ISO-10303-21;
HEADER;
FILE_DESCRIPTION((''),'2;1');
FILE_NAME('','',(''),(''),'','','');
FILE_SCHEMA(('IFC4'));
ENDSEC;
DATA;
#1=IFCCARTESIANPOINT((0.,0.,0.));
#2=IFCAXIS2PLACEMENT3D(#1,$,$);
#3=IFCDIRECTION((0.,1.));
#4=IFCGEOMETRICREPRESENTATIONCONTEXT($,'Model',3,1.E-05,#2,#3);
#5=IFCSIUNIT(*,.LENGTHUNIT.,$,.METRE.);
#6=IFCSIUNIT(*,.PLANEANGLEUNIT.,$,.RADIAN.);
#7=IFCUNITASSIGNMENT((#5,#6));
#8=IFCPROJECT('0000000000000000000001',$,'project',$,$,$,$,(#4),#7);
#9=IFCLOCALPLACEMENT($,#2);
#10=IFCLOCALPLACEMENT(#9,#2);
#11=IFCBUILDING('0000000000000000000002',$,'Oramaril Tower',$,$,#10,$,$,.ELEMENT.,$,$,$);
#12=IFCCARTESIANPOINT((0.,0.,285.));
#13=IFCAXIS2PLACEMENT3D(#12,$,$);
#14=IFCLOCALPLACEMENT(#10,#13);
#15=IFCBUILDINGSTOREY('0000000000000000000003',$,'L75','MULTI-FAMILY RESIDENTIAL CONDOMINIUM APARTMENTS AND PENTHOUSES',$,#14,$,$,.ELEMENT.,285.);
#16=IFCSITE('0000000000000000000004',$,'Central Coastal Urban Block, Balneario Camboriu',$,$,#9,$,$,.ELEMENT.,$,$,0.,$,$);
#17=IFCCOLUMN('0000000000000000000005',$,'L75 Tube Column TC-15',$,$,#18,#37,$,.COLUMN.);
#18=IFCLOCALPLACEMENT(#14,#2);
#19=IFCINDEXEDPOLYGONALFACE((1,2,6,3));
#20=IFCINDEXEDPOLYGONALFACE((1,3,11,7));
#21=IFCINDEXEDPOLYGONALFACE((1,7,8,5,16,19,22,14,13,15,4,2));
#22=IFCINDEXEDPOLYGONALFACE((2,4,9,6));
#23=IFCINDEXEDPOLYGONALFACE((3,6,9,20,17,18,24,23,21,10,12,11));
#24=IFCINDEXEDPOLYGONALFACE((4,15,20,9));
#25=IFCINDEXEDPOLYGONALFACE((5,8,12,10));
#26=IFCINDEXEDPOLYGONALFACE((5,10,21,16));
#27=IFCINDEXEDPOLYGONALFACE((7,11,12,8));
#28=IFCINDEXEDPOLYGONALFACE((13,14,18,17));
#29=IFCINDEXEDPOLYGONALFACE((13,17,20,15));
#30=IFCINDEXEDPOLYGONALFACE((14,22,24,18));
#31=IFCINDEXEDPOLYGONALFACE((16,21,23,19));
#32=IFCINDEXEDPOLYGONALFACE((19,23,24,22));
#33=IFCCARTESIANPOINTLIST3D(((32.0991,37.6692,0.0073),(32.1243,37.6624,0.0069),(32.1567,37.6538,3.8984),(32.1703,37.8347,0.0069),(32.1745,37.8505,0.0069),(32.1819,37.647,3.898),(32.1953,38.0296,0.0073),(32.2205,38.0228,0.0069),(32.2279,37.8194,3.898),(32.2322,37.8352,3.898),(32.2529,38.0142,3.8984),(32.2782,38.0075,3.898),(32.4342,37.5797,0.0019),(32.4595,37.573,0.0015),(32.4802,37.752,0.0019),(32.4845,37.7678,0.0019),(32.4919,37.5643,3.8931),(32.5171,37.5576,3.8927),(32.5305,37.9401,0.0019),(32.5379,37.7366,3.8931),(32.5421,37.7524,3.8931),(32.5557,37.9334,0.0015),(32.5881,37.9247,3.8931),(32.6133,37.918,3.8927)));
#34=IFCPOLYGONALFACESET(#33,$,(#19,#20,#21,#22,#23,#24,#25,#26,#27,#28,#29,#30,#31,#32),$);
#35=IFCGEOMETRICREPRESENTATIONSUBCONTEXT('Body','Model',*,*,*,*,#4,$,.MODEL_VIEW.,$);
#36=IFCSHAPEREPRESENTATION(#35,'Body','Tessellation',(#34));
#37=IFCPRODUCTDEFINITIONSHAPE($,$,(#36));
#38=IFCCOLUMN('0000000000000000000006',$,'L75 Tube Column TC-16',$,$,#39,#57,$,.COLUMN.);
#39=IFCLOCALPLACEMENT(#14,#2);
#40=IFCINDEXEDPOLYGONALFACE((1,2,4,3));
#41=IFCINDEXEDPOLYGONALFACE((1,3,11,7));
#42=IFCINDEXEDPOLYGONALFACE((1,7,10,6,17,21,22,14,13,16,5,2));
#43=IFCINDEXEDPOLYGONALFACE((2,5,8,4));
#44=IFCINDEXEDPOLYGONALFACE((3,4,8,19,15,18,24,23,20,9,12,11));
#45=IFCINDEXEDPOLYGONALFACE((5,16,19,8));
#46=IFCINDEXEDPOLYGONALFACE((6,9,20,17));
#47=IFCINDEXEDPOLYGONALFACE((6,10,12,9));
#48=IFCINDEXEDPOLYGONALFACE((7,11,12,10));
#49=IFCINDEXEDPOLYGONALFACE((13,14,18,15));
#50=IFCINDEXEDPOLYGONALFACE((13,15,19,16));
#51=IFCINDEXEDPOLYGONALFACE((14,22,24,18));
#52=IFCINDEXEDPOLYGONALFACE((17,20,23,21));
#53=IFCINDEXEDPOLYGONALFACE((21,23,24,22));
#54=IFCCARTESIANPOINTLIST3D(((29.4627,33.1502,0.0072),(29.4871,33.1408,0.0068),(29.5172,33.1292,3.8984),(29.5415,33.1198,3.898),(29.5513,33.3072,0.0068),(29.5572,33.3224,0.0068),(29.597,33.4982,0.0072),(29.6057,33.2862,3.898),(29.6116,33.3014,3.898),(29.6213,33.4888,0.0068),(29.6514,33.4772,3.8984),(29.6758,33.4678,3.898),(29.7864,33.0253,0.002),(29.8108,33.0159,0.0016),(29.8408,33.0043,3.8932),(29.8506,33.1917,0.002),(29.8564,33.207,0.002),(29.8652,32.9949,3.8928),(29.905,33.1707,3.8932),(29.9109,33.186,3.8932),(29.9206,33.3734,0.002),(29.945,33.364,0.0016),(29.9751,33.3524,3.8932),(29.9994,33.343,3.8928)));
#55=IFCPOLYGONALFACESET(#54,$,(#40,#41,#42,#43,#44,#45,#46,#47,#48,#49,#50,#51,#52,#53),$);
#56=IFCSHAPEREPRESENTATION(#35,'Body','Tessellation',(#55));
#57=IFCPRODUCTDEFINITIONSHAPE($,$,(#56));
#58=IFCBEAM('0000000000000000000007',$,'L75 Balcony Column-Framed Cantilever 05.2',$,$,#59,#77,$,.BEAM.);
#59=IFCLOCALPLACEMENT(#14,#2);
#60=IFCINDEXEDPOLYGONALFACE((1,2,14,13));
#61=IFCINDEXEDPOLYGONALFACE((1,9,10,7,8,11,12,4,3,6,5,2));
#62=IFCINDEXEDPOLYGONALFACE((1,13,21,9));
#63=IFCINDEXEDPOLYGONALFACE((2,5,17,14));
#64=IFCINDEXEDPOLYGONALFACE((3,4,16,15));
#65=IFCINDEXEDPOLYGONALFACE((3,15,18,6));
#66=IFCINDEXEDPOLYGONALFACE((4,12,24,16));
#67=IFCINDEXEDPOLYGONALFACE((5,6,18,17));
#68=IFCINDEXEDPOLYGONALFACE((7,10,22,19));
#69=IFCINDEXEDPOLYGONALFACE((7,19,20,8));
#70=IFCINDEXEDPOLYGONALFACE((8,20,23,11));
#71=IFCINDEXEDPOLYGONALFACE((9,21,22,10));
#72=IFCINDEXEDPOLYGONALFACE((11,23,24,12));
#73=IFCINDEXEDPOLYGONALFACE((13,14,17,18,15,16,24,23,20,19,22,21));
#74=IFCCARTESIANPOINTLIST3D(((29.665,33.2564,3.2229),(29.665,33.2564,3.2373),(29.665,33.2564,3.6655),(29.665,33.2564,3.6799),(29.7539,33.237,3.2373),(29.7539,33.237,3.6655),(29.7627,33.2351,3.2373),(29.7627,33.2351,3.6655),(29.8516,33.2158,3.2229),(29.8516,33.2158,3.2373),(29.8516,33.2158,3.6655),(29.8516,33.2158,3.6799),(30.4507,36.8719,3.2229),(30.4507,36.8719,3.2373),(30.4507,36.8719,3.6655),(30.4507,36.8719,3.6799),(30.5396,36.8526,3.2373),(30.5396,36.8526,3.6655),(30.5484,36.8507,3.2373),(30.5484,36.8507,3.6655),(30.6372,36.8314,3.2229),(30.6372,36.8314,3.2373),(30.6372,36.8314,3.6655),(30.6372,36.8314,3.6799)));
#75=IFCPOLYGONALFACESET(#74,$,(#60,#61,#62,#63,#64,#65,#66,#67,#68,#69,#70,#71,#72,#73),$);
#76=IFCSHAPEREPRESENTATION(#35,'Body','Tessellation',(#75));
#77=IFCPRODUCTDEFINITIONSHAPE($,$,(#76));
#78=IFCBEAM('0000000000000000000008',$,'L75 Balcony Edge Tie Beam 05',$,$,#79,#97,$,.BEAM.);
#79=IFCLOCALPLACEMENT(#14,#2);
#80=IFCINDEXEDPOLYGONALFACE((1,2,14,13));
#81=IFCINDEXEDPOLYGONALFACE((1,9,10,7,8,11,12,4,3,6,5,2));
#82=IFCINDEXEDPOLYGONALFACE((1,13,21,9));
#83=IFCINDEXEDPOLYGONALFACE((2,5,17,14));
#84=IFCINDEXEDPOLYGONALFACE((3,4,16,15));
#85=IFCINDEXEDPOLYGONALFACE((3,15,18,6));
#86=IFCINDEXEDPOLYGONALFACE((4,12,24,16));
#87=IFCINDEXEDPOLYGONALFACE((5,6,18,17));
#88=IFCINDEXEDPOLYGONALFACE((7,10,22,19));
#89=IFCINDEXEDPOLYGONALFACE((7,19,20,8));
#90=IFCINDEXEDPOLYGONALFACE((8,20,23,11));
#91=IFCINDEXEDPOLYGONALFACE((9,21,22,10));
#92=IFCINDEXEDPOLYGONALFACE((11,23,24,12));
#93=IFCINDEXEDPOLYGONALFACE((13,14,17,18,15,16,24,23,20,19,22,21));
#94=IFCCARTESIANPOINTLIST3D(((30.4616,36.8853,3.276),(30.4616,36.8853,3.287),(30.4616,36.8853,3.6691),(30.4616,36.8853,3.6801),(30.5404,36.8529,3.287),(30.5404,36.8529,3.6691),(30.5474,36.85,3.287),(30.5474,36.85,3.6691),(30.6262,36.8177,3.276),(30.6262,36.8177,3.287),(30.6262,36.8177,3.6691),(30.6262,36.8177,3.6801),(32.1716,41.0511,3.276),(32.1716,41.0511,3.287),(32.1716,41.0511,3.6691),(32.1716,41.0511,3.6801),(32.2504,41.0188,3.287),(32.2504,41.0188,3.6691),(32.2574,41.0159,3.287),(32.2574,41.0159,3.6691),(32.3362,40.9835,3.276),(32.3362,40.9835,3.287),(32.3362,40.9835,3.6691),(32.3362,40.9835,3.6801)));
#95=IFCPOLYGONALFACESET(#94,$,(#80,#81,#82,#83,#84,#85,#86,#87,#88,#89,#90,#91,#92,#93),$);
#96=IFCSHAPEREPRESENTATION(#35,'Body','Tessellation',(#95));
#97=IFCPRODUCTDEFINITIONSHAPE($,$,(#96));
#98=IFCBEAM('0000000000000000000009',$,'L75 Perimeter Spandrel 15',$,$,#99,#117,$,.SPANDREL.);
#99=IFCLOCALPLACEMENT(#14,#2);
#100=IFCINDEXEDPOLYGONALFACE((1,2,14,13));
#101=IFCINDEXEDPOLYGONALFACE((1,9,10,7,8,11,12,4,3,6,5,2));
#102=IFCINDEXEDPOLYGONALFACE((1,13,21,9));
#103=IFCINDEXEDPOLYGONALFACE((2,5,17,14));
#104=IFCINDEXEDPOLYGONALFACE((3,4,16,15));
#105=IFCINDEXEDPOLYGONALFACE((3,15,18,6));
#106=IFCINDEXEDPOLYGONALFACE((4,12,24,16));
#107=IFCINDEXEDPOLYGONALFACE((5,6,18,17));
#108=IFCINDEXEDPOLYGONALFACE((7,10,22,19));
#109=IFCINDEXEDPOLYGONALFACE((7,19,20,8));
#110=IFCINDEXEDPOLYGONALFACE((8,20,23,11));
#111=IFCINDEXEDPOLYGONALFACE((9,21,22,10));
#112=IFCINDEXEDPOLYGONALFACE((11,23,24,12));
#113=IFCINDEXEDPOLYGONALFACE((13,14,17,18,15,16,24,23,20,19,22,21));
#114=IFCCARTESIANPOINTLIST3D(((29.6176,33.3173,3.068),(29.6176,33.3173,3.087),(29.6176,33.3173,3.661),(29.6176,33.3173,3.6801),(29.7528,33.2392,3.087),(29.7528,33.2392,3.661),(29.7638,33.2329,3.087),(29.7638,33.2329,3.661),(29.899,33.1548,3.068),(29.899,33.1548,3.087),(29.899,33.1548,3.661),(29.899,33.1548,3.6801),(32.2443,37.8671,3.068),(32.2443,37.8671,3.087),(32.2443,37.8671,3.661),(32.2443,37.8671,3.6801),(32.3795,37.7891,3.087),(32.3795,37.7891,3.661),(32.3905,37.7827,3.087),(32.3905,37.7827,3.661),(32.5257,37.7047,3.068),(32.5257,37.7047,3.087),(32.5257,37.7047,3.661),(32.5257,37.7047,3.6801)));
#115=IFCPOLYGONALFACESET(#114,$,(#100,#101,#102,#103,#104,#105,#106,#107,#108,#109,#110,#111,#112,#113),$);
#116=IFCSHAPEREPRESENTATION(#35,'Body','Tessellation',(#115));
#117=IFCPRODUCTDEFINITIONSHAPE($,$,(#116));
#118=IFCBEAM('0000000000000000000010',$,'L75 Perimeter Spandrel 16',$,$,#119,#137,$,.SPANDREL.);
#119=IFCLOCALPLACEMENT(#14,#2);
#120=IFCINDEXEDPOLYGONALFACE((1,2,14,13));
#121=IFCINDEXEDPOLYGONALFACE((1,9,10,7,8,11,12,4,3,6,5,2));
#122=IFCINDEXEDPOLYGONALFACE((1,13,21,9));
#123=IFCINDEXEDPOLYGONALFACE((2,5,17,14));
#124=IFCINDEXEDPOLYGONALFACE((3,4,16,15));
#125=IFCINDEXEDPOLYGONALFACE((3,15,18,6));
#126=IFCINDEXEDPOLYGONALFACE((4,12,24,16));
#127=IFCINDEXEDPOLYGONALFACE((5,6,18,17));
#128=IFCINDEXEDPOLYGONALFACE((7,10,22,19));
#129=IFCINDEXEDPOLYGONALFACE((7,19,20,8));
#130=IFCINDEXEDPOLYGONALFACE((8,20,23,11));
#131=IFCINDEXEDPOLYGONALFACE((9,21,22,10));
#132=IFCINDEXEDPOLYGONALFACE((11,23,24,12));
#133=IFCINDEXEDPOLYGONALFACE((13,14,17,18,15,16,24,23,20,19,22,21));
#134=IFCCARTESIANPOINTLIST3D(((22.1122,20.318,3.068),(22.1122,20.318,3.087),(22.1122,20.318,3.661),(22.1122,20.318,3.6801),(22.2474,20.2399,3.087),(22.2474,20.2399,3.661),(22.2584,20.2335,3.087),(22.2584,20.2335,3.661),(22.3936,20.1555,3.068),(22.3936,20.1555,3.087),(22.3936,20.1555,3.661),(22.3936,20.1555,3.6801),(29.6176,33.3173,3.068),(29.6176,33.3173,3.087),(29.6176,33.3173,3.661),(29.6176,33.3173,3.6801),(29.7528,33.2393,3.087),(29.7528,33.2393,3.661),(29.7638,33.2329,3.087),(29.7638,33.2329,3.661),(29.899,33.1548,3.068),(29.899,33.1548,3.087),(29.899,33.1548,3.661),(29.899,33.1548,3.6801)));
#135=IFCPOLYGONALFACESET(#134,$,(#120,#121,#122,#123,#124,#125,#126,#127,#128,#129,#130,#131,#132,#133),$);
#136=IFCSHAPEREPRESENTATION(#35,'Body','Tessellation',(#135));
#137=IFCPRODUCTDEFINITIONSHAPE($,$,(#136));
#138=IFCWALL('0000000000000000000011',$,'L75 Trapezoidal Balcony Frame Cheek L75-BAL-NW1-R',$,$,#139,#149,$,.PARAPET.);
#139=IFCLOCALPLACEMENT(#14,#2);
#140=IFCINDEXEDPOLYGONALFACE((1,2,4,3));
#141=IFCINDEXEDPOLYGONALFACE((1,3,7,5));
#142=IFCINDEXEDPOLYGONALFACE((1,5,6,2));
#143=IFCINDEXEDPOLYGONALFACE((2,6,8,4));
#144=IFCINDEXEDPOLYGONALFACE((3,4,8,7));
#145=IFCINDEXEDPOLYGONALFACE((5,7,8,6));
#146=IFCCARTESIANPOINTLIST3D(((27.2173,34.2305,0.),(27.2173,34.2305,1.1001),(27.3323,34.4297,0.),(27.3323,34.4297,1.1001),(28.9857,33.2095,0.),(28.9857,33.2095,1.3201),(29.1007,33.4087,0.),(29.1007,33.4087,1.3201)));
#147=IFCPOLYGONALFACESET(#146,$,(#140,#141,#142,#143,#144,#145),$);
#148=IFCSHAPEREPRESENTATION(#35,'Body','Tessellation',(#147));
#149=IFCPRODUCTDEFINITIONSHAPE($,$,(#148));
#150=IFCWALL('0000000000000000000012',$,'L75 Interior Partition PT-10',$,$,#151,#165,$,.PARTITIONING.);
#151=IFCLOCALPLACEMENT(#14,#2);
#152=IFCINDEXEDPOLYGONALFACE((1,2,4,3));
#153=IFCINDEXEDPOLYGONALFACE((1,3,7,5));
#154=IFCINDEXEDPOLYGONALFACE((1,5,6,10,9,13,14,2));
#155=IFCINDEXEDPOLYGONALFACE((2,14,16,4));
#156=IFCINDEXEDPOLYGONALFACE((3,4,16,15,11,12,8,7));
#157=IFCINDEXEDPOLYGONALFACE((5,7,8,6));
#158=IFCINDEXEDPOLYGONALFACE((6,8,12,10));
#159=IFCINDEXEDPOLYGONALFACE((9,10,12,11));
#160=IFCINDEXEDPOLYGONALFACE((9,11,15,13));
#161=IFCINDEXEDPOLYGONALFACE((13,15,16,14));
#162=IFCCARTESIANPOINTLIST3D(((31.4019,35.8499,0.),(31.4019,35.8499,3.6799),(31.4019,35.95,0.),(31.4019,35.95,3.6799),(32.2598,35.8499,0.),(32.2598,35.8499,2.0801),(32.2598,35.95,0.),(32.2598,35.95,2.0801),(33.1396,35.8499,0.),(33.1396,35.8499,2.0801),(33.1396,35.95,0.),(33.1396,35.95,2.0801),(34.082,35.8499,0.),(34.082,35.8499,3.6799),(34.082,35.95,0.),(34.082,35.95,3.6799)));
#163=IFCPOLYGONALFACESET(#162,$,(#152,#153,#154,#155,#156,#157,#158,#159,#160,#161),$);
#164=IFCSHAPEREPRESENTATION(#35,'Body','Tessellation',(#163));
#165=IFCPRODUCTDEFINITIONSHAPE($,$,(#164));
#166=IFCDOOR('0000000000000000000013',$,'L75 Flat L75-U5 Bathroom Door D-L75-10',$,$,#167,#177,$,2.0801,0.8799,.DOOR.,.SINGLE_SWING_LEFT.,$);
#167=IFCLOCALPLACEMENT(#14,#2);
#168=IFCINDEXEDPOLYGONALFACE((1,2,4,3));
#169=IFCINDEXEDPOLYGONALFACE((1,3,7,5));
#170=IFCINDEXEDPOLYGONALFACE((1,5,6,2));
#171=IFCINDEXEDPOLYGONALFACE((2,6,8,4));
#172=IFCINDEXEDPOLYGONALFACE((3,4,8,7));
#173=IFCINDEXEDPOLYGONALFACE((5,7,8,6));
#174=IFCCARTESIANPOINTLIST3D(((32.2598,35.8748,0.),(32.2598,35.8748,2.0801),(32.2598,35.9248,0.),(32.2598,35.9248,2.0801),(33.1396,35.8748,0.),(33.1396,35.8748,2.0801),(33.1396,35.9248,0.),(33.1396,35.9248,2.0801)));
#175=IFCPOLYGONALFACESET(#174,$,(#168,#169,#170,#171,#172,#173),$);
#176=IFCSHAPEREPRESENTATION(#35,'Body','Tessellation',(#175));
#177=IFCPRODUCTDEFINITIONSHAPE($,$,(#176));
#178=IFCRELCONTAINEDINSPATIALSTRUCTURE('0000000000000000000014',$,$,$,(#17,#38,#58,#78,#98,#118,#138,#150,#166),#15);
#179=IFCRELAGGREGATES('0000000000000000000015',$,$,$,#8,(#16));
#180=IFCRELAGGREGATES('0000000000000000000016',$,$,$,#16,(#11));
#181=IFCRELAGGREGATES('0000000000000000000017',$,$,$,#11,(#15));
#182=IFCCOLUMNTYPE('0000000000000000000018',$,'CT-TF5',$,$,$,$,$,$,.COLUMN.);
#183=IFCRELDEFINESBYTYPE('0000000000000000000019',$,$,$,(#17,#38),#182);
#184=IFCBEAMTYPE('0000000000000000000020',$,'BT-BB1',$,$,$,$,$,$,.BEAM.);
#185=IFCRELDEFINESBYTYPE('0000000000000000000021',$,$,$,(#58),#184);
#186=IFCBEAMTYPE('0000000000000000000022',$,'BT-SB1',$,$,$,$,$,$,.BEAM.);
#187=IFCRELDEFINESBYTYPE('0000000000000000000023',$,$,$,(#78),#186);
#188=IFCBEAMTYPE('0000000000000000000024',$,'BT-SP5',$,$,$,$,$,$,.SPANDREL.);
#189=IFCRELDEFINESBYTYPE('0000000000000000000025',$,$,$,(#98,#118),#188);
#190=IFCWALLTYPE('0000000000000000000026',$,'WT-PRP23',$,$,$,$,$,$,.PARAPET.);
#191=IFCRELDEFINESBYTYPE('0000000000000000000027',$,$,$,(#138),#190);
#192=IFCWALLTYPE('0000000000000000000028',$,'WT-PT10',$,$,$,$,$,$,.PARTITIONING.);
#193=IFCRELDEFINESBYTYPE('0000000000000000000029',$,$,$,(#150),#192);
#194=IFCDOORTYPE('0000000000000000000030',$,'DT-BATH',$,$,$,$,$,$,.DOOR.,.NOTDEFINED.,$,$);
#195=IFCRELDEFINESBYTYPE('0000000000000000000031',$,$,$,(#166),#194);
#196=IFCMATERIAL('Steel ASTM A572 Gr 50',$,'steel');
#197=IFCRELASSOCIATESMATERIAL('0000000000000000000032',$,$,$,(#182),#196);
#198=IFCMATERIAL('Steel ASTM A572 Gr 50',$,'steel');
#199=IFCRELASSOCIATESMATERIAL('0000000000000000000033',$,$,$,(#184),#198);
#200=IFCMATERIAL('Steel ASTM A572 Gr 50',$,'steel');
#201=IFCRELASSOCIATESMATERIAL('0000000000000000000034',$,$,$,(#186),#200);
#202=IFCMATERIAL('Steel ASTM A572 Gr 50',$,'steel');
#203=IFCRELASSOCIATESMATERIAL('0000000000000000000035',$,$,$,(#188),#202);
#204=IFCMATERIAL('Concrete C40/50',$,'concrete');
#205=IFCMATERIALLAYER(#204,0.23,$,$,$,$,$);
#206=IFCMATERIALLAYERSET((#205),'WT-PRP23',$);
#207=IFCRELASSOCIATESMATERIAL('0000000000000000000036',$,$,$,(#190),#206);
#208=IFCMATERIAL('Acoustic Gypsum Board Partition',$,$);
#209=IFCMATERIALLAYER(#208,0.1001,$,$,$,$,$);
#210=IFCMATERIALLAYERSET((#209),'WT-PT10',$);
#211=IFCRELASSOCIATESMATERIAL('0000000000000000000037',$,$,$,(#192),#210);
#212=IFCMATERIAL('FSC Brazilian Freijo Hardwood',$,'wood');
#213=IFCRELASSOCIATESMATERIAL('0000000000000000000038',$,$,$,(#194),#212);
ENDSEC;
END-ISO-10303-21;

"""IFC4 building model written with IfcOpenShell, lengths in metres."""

from ifc_helpers import new_model, si_unit, direction, frame, frame_2d, origin, origin_2d, place, context, subcontext, project, spatial, polyline, rectangle, i_section, outline, extrude, material, layer, layer_set, material_profile, profile_set, type_object, element, fill, save


model = new_model("IFC4")

# Units and contexts
model_context = context("Model", 3, precision=1e-05, world=origin(), true_north=direction((0.0, 1.0)))
body_context = subcontext(model_context, "Body", "Model", "MODEL_VIEW")
ifc_project = project(units=[si_unit("LENGTHUNIT", "METRE"), si_unit("PLANEANGLEUNIT", "RADIAN")], contexts=[model_context])

# Site, building, storey
site_placement = place(None, origin())
site = spatial("IfcSite", under=ifc_project, at=site_placement, Name="Central Coastal Urban Block, Balneario Camboriu", CompositionType="ELEMENT", RefElevation=0.0)
building_placement = place(site_placement, origin())
building = spatial("IfcBuilding", under=site, at=building_placement, Name="Oramaril Tower", CompositionType="ELEMENT")
storey_placement = place(building_placement, frame((0.0, 0.0, 285.0)))
storey = spatial("IfcBuildingStorey", under=building, at=storey_placement, Name="L75", Description="MULTI-FAMILY RESIDENTIAL CONDOMINIUM APARTMENTS AND PENTHOUSES", CompositionType="ELEMENT", Elevation=285.0)

# Columns
ifc_material_1 = material(Name="Steel ASTM A572 Gr 50", Category="steel")
ifc_material_profile_1 = material_profile(ifc_material_1, i_section(OverallWidth=0.373, OverallDepth=0.373, WebThickness=0.0164, FlangeThickness=0.0261, at=origin_2d()), Name="W14X132")
ifc_profile_set_1 = profile_set([ifc_material_profile_1], Name="Steel ASTM A572 Gr 50")
column_type = type_object("IfcColumnType", Name="CT-TF5", PredefinedType="COLUMN", material=ifc_profile_set_1)
for number, where, z_axis, x_axis, name in (
    (1, (32.3274, 37.8013, 0.0044), (0.014806, -0.003952, 0.999883), (0.257917, 0.966167, 0.0), "L75 Tube Column TC-15"),
    (2, (29.7039, 33.2571, 0.0044), (0.01399, -0.005395, 0.999888), (0.35982, 0.933022, 0.0), "L75 Tube Column TC-16"),
):
    element("IfcColumn", number, at=place(storey_placement, frame(where, z_axis=z_axis, x_axis=x_axis)), inside=storey, type_object=column_type, Name=name, PredefinedType="COLUMN", context=body_context, shape_type="SweptSolid", body=[
        extrude(i_section(OverallWidth=0.373, OverallDepth=0.373, WebThickness=0.0164, FlangeThickness=0.0261, at=origin_2d()), origin(), (0.0, 0.0, 1.0), 3.8916),
    ])

# Beams
ifc_material_2 = material(Name="Steel ASTM A572 Gr 50", Category="steel")
ifc_material_profile_2 = material_profile(ifc_material_2, i_section(OverallWidth=0.1909, OverallDepth=0.457, WebThickness=0.009, FlangeThickness=0.0144, at=origin_2d()), Name="W18X50")
ifc_profile_set_2 = profile_set([ifc_material_profile_2], Name="Steel ASTM A572 Gr 50")
beam_type_1 = type_object("IfcBeamType", Name="BT-BB1", PredefinedType="BEAM", material=ifc_profile_set_2)
beam_1_placement = place(storey_placement, frame((29.7583, 33.2361, 3.4514), z_axis=(0.212345, 0.977195, 0.0), x_axis=(-0.977195, 0.212345, 0.0)))
element("IfcBeam", 3, at=beam_1_placement, inside=storey, type_object=beam_type_1, Name="L75 Balcony Column-Framed Cantilever 05.2", PredefinedType="BEAM", context=body_context, shape_type="SweptSolid", body=[
    extrude(i_section(OverallWidth=0.1909, OverallDepth=0.457, WebThickness=0.009, FlangeThickness=0.0144, at=origin_2d()), origin(), (0.0, 0.0, 1.0), 3.7),
])
ifc_material_3 = material(Name="Steel ASTM A572 Gr 50", Category="steel")
ifc_material_profile_3 = material_profile(ifc_material_3, i_section(OverallWidth=0.178, OverallDepth=0.4041, WebThickness=0.0076, FlangeThickness=0.011, at=origin_2d()), Name="W16X36")
ifc_profile_set_3 = profile_set([ifc_material_profile_3], Name="Steel ASTM A572 Gr 50")
beam_type_2 = type_object("IfcBeamType", Name="BT-SB1", PredefinedType="BEAM", material=ifc_profile_set_3)
beam_2_placement = place(storey_placement, frame((32.2539, 41.0173, 3.478), z_axis=(-0.379732, -0.925096, 0.0), x_axis=(0.925096, -0.379732, 0.0)))
element("IfcBeam", 4, at=beam_2_placement, inside=storey, type_object=beam_type_2, Name="L75 Balcony Edge Tie Beam 05", PredefinedType="BEAM", context=body_context, shape_type="SweptSolid", body=[
    extrude(i_section(OverallWidth=0.178, OverallDepth=0.4041, WebThickness=0.0076, FlangeThickness=0.011, at=origin_2d()), origin(), (0.0, 0.0, 1.0), 4.5032),
])
ifc_material_4 = material(Name="Steel ASTM A572 Gr 50", Category="steel")
ifc_material_profile_4 = material_profile(ifc_material_4, i_section(OverallWidth=0.325, OverallDepth=0.6121, WebThickness=0.0127, FlangeThickness=0.019, at=origin_2d()), Name="W24X104")
ifc_profile_set_4 = profile_set([ifc_material_profile_4], Name="Steel ASTM A572 Gr 50")
beam_type_3 = type_object("IfcBeamType", Name="BT-SP5", PredefinedType="SPANDREL", material=ifc_profile_set_4)
beam_3_placement = place(storey_placement, frame((32.385, 37.7859, 3.374), z_axis=(-0.499983, -0.866035, 0.0), x_axis=(0.866035, -0.499983, 0.0)))
element("IfcBeam", 5, at=beam_3_placement, inside=storey, type_object=beam_type_3, Name="L75 Perimeter Spandrel 15", PredefinedType="SPANDREL", context=body_context, shape_type="SweptSolid", body=[
    extrude(i_section(OverallWidth=0.325, OverallDepth=0.6121, WebThickness=0.0127, FlangeThickness=0.019, at=origin_2d()), origin(), (0.0, 0.0, 1.0), 5.2537),
])
beam_4_placement = place(storey_placement, frame((29.7583, 33.2361, 3.374), z_axis=(-0.500012, -0.866018, 0.0), x_axis=(0.866018, -0.500012, 0.0)))
element("IfcBeam", 6, at=beam_4_placement, inside=storey, type_object=beam_type_3, Name="L75 Perimeter Spandrel 16", PredefinedType="SPANDREL", context=body_context, shape_type="SweptSolid", body=[
    extrude(i_section(OverallWidth=0.325, OverallDepth=0.6121, WebThickness=0.0127, FlangeThickness=0.019, at=origin_2d()), origin(), (0.0, 0.0, 1.0), 15.0105),
])

# Wall
ifc_material_5 = material(Name="Concrete C40/50", Category="concrete")
ifc_layer_1 = layer(ifc_material_5, 0.23)
ifc_layer_set_1 = layer_set([ifc_layer_1], Name="WT-PRP23")
wall_type_1 = type_object("IfcWallType", Name="WT-PRP23", PredefinedType="PARAPET", material=ifc_layer_set_1)
wall_1_placement = place(storey_placement, frame((29.0432, 33.3091, 0.0), z_axis=(0.0, 0.0, 1.0), x_axis=(-0.866012, 0.500023, 0.0)))
element("IfcWall", 7, at=wall_1_placement, inside=storey, type_object=wall_type_1, Name="L75 Trapezoidal Balcony Frame Cheek L75-BAL-NW1-R", PredefinedType="PARAPET", context=body_context, shape_type="SweptSolid", body=[
    extrude(outline(polyline([(0.0, 0.0), (2.042, 0.0), (2.042, 1.1001), (0.0, 1.3201), (0.0, 0.0)])), frame((0.0, 0.115, 0.0), z_axis=(0.0, -1.0, 0.0), x_axis=(1.0, 0.0, 0.0)), (0.0, 0.0, 1.0), 0.23),
])

# Wall, opening, door
ifc_material_6 = material(Name="Acoustic Gypsum Board Partition")
ifc_layer_2 = layer(ifc_material_6, 0.1001)
ifc_layer_set_2 = layer_set([ifc_layer_2], Name="WT-PT10")
wall_type_2 = type_object("IfcWallType", Name="WT-PT10", PredefinedType="PARTITIONING", material=ifc_layer_set_2)
wall_2_placement = place(storey_placement, frame((31.4019, 35.8999, 0.0), z_axis=(0.0, 0.0, 1.0), x_axis=(1.0, 0.0, 0.0)))
wall_2 = element("IfcWall", 8, at=wall_2_placement, inside=storey, type_object=wall_type_2, Name="L75 Interior Partition PT-10", PredefinedType="PARTITIONING", context=body_context, shape_type="SweptSolid", body=[
    extrude(rectangle(XDim=2.6802, YDim=0.1001, at=frame_2d((1.3401, 0.0))), origin(), (0.0, 0.0, 1.0), 3.6799),
])
opening_1_placement = place(wall_2_placement, frame((0.8579, 0.0, 0.0)))
opening_1 = element("IfcOpeningElement", 9, at=opening_1_placement, cuts=wall_2, PredefinedType="OPENING", context=body_context, shape_type="SweptSolid", body=[
    extrude(rectangle(XDim=0.8799, YDim=2.0801, at=frame_2d((0.4399, 1.04))), frame((0.0, 0.05, 0.0), z_axis=(0.0, -1.0, 0.0), x_axis=(1.0, 0.0, 0.0)), (0.0, 0.0, 1.0), 0.1001),
])
ifc_material_7 = material(Name="FSC Brazilian Freijo Hardwood", Category="wood")
door_type_1 = type_object("IfcDoorType", Name="DT-BATH", OperationType="NOTDEFINED", PredefinedType="DOOR", material=ifc_material_7)
door_1_placement = place(opening_1_placement, origin())
door_1 = element("IfcDoor", 10, at=door_1_placement, inside=storey, type_object=door_type_1, Name="L75 Flat L75-U5 Bathroom Door D-L75-10", OperationType="SINGLE_SWING_LEFT", OverallHeight=2.0801, OverallWidth=0.8799, PredefinedType="DOOR", context=body_context, shape_type="SweptSolid", body=[
    extrude(rectangle(XDim=0.8799, YDim=2.0801, at=frame_2d((0.4399, 1.04))), frame((0.0, 0.0249, 0.0), z_axis=(0.0, -1.0, 0.0), x_axis=(1.0, 0.0, 0.0)), (0.0, 0.0, 1.0), 0.05),
])
fill(opening_1, door_1)

save(model, "model.ifc")
